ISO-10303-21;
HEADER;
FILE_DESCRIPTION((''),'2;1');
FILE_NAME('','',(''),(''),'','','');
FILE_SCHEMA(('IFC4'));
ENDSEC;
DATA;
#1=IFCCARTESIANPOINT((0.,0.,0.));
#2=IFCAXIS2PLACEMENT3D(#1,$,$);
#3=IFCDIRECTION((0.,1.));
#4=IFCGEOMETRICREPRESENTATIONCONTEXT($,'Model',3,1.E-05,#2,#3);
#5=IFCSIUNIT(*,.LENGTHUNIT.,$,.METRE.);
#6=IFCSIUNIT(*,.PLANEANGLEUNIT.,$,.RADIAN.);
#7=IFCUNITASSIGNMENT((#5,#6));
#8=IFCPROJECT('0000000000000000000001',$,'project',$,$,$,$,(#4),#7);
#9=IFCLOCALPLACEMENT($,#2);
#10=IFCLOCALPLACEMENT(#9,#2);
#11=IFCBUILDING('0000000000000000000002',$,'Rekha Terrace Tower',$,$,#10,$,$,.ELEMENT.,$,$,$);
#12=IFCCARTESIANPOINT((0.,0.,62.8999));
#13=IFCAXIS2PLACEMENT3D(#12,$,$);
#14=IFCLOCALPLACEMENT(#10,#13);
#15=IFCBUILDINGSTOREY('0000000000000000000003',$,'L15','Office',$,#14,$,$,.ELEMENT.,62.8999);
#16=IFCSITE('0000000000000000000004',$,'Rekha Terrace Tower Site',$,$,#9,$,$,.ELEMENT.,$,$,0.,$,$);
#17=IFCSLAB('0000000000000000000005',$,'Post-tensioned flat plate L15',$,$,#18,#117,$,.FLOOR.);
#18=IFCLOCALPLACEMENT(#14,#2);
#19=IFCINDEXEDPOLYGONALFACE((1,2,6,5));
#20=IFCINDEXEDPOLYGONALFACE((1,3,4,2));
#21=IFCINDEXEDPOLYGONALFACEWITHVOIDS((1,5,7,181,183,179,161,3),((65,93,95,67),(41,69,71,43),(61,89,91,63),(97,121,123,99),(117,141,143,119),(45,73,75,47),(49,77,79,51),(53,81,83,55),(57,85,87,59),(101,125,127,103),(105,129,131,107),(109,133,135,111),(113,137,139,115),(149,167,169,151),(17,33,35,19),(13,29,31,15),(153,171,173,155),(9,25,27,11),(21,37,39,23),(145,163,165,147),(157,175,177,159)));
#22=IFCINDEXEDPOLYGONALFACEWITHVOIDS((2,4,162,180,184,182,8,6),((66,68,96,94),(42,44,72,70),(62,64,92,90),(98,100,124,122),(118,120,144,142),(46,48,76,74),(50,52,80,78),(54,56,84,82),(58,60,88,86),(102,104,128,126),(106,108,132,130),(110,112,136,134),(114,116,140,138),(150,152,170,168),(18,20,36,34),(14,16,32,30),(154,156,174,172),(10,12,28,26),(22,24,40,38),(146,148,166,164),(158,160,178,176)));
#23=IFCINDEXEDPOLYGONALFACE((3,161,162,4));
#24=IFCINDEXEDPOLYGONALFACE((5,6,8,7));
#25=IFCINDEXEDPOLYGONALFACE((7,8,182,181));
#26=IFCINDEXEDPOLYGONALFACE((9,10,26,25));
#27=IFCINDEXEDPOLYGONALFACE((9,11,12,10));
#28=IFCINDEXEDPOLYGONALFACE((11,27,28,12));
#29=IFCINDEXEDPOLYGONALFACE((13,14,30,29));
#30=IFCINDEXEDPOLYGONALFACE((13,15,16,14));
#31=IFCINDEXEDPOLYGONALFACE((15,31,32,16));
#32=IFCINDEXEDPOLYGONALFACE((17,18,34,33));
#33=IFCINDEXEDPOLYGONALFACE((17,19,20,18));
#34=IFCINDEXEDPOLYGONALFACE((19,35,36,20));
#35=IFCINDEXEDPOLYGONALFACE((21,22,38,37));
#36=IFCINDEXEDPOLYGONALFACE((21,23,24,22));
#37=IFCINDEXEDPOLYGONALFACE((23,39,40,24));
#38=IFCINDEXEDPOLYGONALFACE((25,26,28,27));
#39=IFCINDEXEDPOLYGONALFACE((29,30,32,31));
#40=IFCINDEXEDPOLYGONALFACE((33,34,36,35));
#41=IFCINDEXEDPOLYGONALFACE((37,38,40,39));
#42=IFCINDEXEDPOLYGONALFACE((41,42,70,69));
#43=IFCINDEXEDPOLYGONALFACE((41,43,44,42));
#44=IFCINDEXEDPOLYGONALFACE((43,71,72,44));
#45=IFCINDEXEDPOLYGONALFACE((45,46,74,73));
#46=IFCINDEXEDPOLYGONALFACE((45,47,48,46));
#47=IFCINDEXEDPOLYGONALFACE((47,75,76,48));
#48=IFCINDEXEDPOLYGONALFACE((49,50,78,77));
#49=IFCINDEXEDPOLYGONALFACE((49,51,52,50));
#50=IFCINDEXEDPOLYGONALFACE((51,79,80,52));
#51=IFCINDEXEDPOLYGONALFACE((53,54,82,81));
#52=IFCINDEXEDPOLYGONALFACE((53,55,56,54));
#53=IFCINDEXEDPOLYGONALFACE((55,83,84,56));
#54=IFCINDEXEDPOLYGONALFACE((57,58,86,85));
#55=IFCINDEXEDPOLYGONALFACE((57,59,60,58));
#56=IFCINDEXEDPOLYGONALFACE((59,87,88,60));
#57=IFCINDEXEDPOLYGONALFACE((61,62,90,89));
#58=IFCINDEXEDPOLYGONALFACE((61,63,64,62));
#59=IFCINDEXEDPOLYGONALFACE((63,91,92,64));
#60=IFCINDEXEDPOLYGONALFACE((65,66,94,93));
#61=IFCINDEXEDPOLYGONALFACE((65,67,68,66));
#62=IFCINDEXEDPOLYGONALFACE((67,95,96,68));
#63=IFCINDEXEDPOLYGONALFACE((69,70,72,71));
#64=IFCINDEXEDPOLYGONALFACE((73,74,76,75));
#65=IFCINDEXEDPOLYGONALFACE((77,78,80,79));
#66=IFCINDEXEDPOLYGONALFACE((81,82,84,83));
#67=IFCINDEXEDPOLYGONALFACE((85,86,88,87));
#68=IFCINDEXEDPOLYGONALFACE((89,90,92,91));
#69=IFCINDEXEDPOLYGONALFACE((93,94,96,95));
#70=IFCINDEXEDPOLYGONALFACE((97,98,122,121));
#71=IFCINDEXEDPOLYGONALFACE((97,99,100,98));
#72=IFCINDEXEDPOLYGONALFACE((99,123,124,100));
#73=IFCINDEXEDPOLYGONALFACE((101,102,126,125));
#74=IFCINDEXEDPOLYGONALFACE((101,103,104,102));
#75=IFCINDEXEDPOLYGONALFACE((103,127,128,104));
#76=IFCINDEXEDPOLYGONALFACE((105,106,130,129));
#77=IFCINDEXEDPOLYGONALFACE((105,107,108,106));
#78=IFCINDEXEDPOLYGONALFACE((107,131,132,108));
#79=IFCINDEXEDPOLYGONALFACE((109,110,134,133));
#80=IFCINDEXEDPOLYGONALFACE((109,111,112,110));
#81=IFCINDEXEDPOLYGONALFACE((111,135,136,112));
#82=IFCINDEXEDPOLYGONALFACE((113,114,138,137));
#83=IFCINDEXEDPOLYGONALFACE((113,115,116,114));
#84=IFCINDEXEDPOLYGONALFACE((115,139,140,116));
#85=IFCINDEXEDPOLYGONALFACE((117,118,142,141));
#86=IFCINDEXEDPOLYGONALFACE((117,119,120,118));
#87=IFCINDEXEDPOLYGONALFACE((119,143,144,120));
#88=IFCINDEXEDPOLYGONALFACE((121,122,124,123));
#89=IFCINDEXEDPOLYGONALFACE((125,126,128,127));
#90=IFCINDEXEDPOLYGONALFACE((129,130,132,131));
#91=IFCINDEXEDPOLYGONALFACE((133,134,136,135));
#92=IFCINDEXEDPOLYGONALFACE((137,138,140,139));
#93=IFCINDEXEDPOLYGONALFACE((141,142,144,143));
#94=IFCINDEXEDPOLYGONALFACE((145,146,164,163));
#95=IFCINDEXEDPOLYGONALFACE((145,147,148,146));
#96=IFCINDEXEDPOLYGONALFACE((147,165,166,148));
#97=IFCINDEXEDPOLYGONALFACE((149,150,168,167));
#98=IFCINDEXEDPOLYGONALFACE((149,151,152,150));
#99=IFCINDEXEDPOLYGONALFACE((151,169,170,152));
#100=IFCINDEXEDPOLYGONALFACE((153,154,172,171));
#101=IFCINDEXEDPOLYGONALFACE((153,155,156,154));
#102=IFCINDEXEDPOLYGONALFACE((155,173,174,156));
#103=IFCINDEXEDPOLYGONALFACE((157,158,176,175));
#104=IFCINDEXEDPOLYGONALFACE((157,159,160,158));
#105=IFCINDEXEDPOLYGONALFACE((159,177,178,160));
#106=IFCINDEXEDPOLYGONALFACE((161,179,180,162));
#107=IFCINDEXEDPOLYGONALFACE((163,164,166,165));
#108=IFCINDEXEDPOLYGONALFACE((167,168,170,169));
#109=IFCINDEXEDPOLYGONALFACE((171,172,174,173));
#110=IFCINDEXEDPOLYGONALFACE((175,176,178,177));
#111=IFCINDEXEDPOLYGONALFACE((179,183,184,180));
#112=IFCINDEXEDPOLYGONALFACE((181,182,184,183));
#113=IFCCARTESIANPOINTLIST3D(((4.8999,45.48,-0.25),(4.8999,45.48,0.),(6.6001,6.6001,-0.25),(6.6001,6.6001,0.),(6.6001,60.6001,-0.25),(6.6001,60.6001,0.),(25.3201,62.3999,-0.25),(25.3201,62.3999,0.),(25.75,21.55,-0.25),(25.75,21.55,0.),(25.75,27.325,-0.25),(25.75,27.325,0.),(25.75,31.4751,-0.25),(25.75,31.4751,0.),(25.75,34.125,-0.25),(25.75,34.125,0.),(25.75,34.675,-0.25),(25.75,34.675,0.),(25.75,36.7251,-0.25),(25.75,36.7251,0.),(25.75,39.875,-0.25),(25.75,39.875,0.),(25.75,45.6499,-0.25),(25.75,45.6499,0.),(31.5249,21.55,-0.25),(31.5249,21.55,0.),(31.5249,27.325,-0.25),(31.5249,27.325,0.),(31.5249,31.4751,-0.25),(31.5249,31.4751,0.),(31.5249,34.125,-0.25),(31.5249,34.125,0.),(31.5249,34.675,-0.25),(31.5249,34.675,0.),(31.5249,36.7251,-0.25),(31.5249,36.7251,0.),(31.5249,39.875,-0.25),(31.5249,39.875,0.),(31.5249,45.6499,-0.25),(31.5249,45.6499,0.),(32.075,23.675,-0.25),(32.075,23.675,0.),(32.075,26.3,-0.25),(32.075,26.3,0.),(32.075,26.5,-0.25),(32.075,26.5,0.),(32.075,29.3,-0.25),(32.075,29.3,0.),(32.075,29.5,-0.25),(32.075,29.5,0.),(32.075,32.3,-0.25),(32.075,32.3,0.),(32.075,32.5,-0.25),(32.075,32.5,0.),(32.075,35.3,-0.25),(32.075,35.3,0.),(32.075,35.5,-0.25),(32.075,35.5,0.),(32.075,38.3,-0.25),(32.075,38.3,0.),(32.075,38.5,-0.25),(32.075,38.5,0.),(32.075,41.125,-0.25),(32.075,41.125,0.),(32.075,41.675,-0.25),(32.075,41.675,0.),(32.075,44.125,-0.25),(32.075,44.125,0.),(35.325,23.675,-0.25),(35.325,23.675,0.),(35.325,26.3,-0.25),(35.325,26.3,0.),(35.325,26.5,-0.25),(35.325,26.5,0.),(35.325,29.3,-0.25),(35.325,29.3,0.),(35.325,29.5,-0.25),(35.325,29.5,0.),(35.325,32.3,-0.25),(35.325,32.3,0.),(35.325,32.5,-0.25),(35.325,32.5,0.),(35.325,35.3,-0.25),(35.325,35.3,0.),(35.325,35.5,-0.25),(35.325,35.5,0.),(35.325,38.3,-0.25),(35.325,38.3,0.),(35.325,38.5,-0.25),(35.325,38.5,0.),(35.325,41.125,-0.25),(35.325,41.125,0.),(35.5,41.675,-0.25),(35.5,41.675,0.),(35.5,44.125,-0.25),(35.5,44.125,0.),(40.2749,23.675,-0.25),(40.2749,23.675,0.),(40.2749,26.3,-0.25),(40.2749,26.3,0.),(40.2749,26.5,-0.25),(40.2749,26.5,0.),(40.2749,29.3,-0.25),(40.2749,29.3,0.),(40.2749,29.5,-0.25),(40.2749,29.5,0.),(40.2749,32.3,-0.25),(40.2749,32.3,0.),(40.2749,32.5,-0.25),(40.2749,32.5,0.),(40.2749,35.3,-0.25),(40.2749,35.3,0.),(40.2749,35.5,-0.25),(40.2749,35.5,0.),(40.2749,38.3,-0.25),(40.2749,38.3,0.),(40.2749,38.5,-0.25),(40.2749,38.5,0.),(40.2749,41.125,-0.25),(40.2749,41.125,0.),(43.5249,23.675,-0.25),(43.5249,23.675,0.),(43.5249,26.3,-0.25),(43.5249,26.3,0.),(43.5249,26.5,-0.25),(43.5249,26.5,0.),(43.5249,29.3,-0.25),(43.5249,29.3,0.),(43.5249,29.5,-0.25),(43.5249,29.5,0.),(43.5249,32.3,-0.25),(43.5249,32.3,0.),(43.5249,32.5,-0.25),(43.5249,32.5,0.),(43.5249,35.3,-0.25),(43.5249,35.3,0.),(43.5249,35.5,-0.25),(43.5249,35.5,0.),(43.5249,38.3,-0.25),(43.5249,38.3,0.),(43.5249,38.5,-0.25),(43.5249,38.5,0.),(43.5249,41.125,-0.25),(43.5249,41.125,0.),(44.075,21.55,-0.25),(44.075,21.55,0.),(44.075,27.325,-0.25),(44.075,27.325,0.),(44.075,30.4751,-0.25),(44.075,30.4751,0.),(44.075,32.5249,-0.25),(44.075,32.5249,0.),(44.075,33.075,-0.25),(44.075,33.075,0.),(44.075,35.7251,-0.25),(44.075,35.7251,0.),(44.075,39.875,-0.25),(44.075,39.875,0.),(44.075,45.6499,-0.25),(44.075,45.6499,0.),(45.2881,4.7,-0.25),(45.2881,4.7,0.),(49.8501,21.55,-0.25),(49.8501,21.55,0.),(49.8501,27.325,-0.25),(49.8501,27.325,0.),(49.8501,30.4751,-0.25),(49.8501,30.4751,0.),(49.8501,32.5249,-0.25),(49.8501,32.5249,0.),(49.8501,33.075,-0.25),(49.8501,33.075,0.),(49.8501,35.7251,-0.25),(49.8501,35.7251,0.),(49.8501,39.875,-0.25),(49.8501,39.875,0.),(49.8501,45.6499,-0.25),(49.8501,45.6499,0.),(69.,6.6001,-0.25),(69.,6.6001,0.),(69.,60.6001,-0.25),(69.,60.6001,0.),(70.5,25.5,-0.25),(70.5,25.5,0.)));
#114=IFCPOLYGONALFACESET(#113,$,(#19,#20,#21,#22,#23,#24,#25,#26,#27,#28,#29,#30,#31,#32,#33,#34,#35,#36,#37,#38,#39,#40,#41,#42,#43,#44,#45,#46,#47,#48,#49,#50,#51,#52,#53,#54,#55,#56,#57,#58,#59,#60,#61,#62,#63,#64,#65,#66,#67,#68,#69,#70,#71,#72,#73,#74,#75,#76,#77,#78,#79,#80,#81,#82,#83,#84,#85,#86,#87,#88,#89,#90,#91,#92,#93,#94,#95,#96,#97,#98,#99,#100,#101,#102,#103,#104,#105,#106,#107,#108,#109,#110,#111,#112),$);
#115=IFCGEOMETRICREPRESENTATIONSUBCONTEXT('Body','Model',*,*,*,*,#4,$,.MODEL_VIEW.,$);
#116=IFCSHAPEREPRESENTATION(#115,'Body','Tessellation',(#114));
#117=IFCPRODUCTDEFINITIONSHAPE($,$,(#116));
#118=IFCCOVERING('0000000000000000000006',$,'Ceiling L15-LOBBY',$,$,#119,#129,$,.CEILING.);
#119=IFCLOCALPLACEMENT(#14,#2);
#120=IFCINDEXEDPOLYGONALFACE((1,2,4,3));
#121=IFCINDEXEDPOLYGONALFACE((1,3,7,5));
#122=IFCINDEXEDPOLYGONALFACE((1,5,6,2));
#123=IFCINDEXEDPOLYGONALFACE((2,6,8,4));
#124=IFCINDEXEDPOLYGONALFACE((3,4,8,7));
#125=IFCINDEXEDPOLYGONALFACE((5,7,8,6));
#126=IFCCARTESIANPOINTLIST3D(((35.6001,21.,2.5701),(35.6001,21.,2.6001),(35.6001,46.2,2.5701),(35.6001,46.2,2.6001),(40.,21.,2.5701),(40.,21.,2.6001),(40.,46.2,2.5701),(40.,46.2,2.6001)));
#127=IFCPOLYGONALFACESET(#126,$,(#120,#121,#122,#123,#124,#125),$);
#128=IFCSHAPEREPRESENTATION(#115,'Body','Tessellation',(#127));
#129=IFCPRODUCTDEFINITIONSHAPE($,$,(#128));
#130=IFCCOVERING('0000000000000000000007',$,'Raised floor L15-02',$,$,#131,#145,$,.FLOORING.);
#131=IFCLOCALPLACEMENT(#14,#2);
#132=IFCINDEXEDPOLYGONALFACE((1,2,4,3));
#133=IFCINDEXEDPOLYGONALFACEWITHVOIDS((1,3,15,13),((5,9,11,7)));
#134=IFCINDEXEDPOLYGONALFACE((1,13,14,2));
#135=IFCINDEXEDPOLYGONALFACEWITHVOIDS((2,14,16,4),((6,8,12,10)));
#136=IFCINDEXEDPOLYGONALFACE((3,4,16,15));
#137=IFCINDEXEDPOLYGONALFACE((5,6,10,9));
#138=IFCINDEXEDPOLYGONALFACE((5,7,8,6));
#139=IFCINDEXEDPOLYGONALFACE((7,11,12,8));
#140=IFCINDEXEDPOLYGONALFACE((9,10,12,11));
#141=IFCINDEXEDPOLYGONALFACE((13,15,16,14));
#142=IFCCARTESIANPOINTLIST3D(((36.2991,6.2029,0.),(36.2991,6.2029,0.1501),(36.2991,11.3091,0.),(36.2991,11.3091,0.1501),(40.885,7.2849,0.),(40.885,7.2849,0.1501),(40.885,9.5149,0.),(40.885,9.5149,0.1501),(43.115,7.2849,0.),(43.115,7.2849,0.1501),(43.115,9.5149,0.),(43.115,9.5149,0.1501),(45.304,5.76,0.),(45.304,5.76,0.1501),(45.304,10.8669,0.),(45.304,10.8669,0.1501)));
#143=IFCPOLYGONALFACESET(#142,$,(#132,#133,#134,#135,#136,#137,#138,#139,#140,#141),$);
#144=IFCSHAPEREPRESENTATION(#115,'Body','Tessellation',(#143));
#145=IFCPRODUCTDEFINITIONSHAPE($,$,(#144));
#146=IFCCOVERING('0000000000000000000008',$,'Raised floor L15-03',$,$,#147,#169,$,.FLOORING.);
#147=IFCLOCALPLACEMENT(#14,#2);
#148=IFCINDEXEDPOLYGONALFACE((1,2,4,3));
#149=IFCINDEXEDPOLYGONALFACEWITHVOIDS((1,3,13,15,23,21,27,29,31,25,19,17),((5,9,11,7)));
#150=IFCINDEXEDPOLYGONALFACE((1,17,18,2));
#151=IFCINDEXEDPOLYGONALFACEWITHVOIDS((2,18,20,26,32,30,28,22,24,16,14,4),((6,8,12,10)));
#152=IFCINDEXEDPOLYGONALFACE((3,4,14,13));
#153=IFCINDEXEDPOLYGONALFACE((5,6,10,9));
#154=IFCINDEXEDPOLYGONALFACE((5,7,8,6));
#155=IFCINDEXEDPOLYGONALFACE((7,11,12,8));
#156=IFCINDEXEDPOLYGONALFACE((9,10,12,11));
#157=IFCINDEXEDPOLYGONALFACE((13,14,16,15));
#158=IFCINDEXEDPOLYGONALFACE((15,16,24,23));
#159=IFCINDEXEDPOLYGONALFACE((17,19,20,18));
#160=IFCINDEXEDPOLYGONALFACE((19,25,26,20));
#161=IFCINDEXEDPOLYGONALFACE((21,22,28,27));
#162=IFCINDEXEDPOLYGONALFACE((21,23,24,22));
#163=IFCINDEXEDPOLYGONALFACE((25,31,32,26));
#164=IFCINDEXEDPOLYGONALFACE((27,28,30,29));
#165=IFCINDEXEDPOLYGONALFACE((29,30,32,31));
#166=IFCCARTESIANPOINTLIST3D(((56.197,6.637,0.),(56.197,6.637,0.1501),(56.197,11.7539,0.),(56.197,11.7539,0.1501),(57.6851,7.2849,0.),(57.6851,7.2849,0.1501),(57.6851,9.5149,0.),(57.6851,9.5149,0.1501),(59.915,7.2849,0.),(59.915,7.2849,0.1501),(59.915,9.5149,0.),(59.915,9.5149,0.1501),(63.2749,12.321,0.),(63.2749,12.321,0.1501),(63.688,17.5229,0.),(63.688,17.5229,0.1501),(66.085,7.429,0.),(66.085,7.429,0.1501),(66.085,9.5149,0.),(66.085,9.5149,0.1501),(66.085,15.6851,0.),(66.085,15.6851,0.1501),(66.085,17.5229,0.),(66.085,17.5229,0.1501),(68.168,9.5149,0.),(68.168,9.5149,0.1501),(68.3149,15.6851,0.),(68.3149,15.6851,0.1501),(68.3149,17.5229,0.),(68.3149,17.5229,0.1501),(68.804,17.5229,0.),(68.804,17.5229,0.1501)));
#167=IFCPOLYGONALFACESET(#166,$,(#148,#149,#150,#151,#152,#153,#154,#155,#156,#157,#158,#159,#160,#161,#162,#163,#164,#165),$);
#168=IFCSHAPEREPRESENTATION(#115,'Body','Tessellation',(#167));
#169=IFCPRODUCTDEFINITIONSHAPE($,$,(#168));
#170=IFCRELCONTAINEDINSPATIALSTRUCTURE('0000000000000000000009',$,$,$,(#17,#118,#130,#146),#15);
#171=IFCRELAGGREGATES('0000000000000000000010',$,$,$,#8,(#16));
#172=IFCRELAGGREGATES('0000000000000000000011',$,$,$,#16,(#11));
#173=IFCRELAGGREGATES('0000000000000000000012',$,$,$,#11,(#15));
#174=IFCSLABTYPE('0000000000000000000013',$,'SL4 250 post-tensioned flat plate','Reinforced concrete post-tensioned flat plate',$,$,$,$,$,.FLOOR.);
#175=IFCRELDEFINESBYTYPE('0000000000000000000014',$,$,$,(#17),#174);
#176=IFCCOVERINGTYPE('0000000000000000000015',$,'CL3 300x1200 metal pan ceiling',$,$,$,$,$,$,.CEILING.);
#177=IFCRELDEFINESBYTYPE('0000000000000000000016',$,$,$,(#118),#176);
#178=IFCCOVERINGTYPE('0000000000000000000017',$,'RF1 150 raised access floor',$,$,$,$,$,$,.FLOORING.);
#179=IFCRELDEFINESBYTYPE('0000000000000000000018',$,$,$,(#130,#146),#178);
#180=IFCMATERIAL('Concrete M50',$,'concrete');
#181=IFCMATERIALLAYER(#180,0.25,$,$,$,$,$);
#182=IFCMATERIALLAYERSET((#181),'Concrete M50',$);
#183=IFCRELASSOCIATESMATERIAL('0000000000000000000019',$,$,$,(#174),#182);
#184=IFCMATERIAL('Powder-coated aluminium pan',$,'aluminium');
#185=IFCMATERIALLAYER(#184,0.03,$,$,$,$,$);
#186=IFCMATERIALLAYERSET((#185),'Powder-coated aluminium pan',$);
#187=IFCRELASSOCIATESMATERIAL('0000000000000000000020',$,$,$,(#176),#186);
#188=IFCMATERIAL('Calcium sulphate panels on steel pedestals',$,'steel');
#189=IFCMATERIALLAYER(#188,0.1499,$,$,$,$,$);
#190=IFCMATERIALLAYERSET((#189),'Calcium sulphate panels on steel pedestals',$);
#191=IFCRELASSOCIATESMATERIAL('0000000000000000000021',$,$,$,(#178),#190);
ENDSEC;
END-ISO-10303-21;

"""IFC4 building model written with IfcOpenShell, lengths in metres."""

from ifc_helpers import new_model, si_unit, direction, frame, origin, place, context, subcontext, project, spatial, polyline, outline, extrude, material, layer, layer_set, type_object, element, save


model = new_model("IFC4")

# Units and contexts
model_context = context("Model", 3, precision=1e-05, world=origin(), true_north=direction((0.0, 1.0)))
body_context = subcontext(model_context, "Body", "Model", "MODEL_VIEW")
ifc_project = project(units=[si_unit("LENGTHUNIT", "METRE"), si_unit("PLANEANGLEUNIT", "RADIAN")], contexts=[model_context])

# Site, building, storey
site_placement = place(None, origin())
site = spatial("IfcSite", under=ifc_project, at=site_placement, Name="Rekha Terrace Tower Site", CompositionType="ELEMENT", RefElevation=0.0)
building_placement = place(site_placement, origin())
building = spatial("IfcBuilding", under=site, at=building_placement, Name="Rekha Terrace Tower", CompositionType="ELEMENT")
storey_placement = place(building_placement, frame((0.0, 0.0, 62.8999)))
storey = spatial("IfcBuildingStorey", under=building, at=storey_placement, Name="L15", Description="Office", CompositionType="ELEMENT", Elevation=62.8999)

# Slab
ifc_material_1 = material(Name="Concrete M50", Category="concrete")
ifc_layer_1 = layer(ifc_material_1, 0.25)
ifc_layer_set_1 = layer_set([ifc_layer_1], Name="Concrete M50")
slab_type_1 = type_object("IfcSlabType", Name="SL4 250 post-tensioned flat plate", Description="Reinforced concrete post-tensioned flat plate", PredefinedType="FLOOR", material=ifc_layer_set_1)
slab_1_placement = place(storey_placement, frame((0.0, 0.0, -0.25)))
element("IfcSlab", 1, at=slab_1_placement, inside=storey, type_object=slab_type_1, Name="Post-tensioned flat plate L15", PredefinedType="FLOOR", context=body_context, shape_type="SweptSolid", body=[
    extrude(outline(polyline([(4.8999, 45.48), (6.6001, 6.6001), (45.2881, 4.7), (69.0, 6.6001), (70.5, 25.5), (69.0, 60.6001), (25.3201, 62.3999), (6.6001, 60.6001), (4.8999, 45.48)]), holes=[polyline([(31.5249, 27.325), (31.5249, 21.55), (25.75, 21.55), (25.75, 27.325), (31.5249, 27.325)]), polyline([(35.325, 26.3), (35.325, 23.675), (32.075, 23.675), (32.075, 26.3), (35.325, 26.3)]), polyline([(35.325, 29.3), (35.325, 26.5), (32.075, 26.5), (32.075, 29.3), (35.325, 29.3)]), polyline([(35.325, 29.5), (32.075, 29.5), (32.075, 32.3), (35.325, 32.3), (35.325, 29.5)]), polyline([(31.5249, 31.4751), (25.75, 31.4751), (25.75, 34.125), (31.5249, 34.125), (31.5249, 31.4751)]), polyline([(35.325, 35.3), (35.325, 32.5), (32.075, 32.5), (32.075, 35.3), (35.325, 35.3)]), polyline([(31.5249, 36.7251), (31.5249, 34.675), (25.75, 34.675), (25.75, 36.7251), (31.5249, 36.7251)]), polyline([(35.325, 38.3), (35.325, 35.5), (32.075, 35.5), (32.075, 38.3), (35.325, 38.3)]), polyline([(35.325, 38.5), (32.075, 38.5), (32.075, 41.125), (35.325, 41.125), (35.325, 38.5)]), polyline([(31.5249, 39.875), (25.75, 39.875), (25.75, 45.6499), (31.5249, 45.6499), (31.5249, 39.875)]), polyline([(35.5, 44.125), (35.5, 41.675), (32.075, 41.675), (32.075, 44.125), (35.5, 44.125)]), polyline([(49.8501, 27.325), (49.8501, 21.55), (44.075, 21.55), (44.075, 27.325), (49.8501, 27.325)]), polyline([(43.5249, 26.3), (43.5249, 23.675), (40.2749, 23.675), (40.2749, 26.3), (43.5249, 26.3)]), polyline([(43.5249, 26.5), (40.2749, 26.5), (40.2749, 29.3), (43.5249, 29.3), (43.5249, 26.5)]), polyline([(43.5249, 29.5), (40.2749, 29.5), (40.2749, 32.3), (43.5249, 32.3), (43.5249, 29.5)]), polyline([(49.8501, 32.5249), (49.8501, 30.4751), (44.075, 30.4751), (44.075, 32.5249), (49.8501, 32.5249)]), polyline([(43.5249, 32.5), (40.2749, 32.5), (40.2749, 35.3), (43.5249, 35.3), (43.5249, 32.5)]), polyline([(49.8501, 33.075), (44.075, 33.075), (44.075, 35.7251), (49.8501, 35.7251), (49.8501, 33.075)]), polyline([(43.5249, 38.3), (43.5249, 35.5), (40.2749, 35.5), (40.2749, 38.3), (43.5249, 38.3)]), polyline([(43.5249, 38.5), (40.2749, 38.5), (40.2749, 41.125), (43.5249, 41.125), (43.5249, 38.5)]), polyline([(49.8501, 39.875), (44.075, 39.875), (44.075, 45.6499), (49.8501, 45.6499), (49.8501, 39.875)])]), origin(), (0.0, 0.0, 1.0), 0.25),
])

# Coverings
ifc_material_2 = material(Name="Powder-coated aluminium pan", Category="aluminium")
ifc_layer_2 = layer(ifc_material_2, 0.03)
ifc_layer_set_2 = layer_set([ifc_layer_2], Name="Powder-coated aluminium pan")
covering_type_1 = type_object("IfcCoveringType", Name="CL3 300x1200 metal pan ceiling", PredefinedType="CEILING", material=ifc_layer_set_2)
covering_1_placement = place(storey_placement, frame((0.0, 0.0, 2.5701)))
element("IfcCovering", 2, at=covering_1_placement, inside=storey, type_object=covering_type_1, Name="Ceiling L15-LOBBY", PredefinedType="CEILING", context=body_context, shape_type="SweptSolid", body=[
    extrude(outline(polyline([(40.0, 46.2), (35.6001, 46.2), (35.6001, 21.0), (40.0, 21.0), (40.0, 46.2)])), origin(), (0.0, 0.0, 1.0), 0.03),
])
ifc_material_3 = material(Name="Calcium sulphate panels on steel pedestals", Category="steel")
ifc_layer_3 = layer(ifc_material_3, 0.1499)
ifc_layer_set_3 = layer_set([ifc_layer_3], Name="Calcium sulphate panels on steel pedestals")
covering_type_2 = type_object("IfcCoveringType", Name="RF1 150 raised access floor", PredefinedType="FLOORING", material=ifc_layer_set_3)
covering_2_placement = place(storey_placement, origin())
element("IfcCovering", 3, at=covering_2_placement, inside=storey, type_object=covering_type_2, Name="Raised floor L15-02", PredefinedType="FLOORING", context=body_context, shape_type="SweptSolid", body=[
    extrude(outline(polyline([(36.2991, 6.2029), (45.304, 5.76), (45.304, 10.8669), (36.2991, 11.3091), (36.2991, 6.2029)]), holes=[polyline([(43.115, 7.2849), (40.885, 7.2849), (40.885, 9.5149), (43.115, 9.5149), (43.115, 7.2849)])]), origin(), (0.0, 0.0, 1.0), 0.1501),
])
covering_3_placement = place(storey_placement, origin())
element("IfcCovering", 4, at=covering_3_placement, inside=storey, type_object=covering_type_2, Name="Raised floor L15-03", PredefinedType="FLOORING", context=body_context, shape_type="SweptSolid", body=[
    extrude(outline(polyline([(66.085, 15.6851), (66.085, 17.5229), (63.688, 17.5229), (63.2749, 12.321), (56.197, 11.7539), (56.197, 6.637), (66.085, 7.429), (66.085, 9.5149), (68.168, 9.5149), (68.804, 17.5229), (68.3149, 17.5229), (68.3149, 15.6851), (66.085, 15.6851)]), holes=[polyline([(59.915, 7.2849), (57.6851, 7.2849), (57.6851, 9.5149), (59.915, 9.5149), (59.915, 7.2849)])]), origin(), (0.0, 0.0, 1.0), 0.1501),
])

save(model, "model.ifc")
